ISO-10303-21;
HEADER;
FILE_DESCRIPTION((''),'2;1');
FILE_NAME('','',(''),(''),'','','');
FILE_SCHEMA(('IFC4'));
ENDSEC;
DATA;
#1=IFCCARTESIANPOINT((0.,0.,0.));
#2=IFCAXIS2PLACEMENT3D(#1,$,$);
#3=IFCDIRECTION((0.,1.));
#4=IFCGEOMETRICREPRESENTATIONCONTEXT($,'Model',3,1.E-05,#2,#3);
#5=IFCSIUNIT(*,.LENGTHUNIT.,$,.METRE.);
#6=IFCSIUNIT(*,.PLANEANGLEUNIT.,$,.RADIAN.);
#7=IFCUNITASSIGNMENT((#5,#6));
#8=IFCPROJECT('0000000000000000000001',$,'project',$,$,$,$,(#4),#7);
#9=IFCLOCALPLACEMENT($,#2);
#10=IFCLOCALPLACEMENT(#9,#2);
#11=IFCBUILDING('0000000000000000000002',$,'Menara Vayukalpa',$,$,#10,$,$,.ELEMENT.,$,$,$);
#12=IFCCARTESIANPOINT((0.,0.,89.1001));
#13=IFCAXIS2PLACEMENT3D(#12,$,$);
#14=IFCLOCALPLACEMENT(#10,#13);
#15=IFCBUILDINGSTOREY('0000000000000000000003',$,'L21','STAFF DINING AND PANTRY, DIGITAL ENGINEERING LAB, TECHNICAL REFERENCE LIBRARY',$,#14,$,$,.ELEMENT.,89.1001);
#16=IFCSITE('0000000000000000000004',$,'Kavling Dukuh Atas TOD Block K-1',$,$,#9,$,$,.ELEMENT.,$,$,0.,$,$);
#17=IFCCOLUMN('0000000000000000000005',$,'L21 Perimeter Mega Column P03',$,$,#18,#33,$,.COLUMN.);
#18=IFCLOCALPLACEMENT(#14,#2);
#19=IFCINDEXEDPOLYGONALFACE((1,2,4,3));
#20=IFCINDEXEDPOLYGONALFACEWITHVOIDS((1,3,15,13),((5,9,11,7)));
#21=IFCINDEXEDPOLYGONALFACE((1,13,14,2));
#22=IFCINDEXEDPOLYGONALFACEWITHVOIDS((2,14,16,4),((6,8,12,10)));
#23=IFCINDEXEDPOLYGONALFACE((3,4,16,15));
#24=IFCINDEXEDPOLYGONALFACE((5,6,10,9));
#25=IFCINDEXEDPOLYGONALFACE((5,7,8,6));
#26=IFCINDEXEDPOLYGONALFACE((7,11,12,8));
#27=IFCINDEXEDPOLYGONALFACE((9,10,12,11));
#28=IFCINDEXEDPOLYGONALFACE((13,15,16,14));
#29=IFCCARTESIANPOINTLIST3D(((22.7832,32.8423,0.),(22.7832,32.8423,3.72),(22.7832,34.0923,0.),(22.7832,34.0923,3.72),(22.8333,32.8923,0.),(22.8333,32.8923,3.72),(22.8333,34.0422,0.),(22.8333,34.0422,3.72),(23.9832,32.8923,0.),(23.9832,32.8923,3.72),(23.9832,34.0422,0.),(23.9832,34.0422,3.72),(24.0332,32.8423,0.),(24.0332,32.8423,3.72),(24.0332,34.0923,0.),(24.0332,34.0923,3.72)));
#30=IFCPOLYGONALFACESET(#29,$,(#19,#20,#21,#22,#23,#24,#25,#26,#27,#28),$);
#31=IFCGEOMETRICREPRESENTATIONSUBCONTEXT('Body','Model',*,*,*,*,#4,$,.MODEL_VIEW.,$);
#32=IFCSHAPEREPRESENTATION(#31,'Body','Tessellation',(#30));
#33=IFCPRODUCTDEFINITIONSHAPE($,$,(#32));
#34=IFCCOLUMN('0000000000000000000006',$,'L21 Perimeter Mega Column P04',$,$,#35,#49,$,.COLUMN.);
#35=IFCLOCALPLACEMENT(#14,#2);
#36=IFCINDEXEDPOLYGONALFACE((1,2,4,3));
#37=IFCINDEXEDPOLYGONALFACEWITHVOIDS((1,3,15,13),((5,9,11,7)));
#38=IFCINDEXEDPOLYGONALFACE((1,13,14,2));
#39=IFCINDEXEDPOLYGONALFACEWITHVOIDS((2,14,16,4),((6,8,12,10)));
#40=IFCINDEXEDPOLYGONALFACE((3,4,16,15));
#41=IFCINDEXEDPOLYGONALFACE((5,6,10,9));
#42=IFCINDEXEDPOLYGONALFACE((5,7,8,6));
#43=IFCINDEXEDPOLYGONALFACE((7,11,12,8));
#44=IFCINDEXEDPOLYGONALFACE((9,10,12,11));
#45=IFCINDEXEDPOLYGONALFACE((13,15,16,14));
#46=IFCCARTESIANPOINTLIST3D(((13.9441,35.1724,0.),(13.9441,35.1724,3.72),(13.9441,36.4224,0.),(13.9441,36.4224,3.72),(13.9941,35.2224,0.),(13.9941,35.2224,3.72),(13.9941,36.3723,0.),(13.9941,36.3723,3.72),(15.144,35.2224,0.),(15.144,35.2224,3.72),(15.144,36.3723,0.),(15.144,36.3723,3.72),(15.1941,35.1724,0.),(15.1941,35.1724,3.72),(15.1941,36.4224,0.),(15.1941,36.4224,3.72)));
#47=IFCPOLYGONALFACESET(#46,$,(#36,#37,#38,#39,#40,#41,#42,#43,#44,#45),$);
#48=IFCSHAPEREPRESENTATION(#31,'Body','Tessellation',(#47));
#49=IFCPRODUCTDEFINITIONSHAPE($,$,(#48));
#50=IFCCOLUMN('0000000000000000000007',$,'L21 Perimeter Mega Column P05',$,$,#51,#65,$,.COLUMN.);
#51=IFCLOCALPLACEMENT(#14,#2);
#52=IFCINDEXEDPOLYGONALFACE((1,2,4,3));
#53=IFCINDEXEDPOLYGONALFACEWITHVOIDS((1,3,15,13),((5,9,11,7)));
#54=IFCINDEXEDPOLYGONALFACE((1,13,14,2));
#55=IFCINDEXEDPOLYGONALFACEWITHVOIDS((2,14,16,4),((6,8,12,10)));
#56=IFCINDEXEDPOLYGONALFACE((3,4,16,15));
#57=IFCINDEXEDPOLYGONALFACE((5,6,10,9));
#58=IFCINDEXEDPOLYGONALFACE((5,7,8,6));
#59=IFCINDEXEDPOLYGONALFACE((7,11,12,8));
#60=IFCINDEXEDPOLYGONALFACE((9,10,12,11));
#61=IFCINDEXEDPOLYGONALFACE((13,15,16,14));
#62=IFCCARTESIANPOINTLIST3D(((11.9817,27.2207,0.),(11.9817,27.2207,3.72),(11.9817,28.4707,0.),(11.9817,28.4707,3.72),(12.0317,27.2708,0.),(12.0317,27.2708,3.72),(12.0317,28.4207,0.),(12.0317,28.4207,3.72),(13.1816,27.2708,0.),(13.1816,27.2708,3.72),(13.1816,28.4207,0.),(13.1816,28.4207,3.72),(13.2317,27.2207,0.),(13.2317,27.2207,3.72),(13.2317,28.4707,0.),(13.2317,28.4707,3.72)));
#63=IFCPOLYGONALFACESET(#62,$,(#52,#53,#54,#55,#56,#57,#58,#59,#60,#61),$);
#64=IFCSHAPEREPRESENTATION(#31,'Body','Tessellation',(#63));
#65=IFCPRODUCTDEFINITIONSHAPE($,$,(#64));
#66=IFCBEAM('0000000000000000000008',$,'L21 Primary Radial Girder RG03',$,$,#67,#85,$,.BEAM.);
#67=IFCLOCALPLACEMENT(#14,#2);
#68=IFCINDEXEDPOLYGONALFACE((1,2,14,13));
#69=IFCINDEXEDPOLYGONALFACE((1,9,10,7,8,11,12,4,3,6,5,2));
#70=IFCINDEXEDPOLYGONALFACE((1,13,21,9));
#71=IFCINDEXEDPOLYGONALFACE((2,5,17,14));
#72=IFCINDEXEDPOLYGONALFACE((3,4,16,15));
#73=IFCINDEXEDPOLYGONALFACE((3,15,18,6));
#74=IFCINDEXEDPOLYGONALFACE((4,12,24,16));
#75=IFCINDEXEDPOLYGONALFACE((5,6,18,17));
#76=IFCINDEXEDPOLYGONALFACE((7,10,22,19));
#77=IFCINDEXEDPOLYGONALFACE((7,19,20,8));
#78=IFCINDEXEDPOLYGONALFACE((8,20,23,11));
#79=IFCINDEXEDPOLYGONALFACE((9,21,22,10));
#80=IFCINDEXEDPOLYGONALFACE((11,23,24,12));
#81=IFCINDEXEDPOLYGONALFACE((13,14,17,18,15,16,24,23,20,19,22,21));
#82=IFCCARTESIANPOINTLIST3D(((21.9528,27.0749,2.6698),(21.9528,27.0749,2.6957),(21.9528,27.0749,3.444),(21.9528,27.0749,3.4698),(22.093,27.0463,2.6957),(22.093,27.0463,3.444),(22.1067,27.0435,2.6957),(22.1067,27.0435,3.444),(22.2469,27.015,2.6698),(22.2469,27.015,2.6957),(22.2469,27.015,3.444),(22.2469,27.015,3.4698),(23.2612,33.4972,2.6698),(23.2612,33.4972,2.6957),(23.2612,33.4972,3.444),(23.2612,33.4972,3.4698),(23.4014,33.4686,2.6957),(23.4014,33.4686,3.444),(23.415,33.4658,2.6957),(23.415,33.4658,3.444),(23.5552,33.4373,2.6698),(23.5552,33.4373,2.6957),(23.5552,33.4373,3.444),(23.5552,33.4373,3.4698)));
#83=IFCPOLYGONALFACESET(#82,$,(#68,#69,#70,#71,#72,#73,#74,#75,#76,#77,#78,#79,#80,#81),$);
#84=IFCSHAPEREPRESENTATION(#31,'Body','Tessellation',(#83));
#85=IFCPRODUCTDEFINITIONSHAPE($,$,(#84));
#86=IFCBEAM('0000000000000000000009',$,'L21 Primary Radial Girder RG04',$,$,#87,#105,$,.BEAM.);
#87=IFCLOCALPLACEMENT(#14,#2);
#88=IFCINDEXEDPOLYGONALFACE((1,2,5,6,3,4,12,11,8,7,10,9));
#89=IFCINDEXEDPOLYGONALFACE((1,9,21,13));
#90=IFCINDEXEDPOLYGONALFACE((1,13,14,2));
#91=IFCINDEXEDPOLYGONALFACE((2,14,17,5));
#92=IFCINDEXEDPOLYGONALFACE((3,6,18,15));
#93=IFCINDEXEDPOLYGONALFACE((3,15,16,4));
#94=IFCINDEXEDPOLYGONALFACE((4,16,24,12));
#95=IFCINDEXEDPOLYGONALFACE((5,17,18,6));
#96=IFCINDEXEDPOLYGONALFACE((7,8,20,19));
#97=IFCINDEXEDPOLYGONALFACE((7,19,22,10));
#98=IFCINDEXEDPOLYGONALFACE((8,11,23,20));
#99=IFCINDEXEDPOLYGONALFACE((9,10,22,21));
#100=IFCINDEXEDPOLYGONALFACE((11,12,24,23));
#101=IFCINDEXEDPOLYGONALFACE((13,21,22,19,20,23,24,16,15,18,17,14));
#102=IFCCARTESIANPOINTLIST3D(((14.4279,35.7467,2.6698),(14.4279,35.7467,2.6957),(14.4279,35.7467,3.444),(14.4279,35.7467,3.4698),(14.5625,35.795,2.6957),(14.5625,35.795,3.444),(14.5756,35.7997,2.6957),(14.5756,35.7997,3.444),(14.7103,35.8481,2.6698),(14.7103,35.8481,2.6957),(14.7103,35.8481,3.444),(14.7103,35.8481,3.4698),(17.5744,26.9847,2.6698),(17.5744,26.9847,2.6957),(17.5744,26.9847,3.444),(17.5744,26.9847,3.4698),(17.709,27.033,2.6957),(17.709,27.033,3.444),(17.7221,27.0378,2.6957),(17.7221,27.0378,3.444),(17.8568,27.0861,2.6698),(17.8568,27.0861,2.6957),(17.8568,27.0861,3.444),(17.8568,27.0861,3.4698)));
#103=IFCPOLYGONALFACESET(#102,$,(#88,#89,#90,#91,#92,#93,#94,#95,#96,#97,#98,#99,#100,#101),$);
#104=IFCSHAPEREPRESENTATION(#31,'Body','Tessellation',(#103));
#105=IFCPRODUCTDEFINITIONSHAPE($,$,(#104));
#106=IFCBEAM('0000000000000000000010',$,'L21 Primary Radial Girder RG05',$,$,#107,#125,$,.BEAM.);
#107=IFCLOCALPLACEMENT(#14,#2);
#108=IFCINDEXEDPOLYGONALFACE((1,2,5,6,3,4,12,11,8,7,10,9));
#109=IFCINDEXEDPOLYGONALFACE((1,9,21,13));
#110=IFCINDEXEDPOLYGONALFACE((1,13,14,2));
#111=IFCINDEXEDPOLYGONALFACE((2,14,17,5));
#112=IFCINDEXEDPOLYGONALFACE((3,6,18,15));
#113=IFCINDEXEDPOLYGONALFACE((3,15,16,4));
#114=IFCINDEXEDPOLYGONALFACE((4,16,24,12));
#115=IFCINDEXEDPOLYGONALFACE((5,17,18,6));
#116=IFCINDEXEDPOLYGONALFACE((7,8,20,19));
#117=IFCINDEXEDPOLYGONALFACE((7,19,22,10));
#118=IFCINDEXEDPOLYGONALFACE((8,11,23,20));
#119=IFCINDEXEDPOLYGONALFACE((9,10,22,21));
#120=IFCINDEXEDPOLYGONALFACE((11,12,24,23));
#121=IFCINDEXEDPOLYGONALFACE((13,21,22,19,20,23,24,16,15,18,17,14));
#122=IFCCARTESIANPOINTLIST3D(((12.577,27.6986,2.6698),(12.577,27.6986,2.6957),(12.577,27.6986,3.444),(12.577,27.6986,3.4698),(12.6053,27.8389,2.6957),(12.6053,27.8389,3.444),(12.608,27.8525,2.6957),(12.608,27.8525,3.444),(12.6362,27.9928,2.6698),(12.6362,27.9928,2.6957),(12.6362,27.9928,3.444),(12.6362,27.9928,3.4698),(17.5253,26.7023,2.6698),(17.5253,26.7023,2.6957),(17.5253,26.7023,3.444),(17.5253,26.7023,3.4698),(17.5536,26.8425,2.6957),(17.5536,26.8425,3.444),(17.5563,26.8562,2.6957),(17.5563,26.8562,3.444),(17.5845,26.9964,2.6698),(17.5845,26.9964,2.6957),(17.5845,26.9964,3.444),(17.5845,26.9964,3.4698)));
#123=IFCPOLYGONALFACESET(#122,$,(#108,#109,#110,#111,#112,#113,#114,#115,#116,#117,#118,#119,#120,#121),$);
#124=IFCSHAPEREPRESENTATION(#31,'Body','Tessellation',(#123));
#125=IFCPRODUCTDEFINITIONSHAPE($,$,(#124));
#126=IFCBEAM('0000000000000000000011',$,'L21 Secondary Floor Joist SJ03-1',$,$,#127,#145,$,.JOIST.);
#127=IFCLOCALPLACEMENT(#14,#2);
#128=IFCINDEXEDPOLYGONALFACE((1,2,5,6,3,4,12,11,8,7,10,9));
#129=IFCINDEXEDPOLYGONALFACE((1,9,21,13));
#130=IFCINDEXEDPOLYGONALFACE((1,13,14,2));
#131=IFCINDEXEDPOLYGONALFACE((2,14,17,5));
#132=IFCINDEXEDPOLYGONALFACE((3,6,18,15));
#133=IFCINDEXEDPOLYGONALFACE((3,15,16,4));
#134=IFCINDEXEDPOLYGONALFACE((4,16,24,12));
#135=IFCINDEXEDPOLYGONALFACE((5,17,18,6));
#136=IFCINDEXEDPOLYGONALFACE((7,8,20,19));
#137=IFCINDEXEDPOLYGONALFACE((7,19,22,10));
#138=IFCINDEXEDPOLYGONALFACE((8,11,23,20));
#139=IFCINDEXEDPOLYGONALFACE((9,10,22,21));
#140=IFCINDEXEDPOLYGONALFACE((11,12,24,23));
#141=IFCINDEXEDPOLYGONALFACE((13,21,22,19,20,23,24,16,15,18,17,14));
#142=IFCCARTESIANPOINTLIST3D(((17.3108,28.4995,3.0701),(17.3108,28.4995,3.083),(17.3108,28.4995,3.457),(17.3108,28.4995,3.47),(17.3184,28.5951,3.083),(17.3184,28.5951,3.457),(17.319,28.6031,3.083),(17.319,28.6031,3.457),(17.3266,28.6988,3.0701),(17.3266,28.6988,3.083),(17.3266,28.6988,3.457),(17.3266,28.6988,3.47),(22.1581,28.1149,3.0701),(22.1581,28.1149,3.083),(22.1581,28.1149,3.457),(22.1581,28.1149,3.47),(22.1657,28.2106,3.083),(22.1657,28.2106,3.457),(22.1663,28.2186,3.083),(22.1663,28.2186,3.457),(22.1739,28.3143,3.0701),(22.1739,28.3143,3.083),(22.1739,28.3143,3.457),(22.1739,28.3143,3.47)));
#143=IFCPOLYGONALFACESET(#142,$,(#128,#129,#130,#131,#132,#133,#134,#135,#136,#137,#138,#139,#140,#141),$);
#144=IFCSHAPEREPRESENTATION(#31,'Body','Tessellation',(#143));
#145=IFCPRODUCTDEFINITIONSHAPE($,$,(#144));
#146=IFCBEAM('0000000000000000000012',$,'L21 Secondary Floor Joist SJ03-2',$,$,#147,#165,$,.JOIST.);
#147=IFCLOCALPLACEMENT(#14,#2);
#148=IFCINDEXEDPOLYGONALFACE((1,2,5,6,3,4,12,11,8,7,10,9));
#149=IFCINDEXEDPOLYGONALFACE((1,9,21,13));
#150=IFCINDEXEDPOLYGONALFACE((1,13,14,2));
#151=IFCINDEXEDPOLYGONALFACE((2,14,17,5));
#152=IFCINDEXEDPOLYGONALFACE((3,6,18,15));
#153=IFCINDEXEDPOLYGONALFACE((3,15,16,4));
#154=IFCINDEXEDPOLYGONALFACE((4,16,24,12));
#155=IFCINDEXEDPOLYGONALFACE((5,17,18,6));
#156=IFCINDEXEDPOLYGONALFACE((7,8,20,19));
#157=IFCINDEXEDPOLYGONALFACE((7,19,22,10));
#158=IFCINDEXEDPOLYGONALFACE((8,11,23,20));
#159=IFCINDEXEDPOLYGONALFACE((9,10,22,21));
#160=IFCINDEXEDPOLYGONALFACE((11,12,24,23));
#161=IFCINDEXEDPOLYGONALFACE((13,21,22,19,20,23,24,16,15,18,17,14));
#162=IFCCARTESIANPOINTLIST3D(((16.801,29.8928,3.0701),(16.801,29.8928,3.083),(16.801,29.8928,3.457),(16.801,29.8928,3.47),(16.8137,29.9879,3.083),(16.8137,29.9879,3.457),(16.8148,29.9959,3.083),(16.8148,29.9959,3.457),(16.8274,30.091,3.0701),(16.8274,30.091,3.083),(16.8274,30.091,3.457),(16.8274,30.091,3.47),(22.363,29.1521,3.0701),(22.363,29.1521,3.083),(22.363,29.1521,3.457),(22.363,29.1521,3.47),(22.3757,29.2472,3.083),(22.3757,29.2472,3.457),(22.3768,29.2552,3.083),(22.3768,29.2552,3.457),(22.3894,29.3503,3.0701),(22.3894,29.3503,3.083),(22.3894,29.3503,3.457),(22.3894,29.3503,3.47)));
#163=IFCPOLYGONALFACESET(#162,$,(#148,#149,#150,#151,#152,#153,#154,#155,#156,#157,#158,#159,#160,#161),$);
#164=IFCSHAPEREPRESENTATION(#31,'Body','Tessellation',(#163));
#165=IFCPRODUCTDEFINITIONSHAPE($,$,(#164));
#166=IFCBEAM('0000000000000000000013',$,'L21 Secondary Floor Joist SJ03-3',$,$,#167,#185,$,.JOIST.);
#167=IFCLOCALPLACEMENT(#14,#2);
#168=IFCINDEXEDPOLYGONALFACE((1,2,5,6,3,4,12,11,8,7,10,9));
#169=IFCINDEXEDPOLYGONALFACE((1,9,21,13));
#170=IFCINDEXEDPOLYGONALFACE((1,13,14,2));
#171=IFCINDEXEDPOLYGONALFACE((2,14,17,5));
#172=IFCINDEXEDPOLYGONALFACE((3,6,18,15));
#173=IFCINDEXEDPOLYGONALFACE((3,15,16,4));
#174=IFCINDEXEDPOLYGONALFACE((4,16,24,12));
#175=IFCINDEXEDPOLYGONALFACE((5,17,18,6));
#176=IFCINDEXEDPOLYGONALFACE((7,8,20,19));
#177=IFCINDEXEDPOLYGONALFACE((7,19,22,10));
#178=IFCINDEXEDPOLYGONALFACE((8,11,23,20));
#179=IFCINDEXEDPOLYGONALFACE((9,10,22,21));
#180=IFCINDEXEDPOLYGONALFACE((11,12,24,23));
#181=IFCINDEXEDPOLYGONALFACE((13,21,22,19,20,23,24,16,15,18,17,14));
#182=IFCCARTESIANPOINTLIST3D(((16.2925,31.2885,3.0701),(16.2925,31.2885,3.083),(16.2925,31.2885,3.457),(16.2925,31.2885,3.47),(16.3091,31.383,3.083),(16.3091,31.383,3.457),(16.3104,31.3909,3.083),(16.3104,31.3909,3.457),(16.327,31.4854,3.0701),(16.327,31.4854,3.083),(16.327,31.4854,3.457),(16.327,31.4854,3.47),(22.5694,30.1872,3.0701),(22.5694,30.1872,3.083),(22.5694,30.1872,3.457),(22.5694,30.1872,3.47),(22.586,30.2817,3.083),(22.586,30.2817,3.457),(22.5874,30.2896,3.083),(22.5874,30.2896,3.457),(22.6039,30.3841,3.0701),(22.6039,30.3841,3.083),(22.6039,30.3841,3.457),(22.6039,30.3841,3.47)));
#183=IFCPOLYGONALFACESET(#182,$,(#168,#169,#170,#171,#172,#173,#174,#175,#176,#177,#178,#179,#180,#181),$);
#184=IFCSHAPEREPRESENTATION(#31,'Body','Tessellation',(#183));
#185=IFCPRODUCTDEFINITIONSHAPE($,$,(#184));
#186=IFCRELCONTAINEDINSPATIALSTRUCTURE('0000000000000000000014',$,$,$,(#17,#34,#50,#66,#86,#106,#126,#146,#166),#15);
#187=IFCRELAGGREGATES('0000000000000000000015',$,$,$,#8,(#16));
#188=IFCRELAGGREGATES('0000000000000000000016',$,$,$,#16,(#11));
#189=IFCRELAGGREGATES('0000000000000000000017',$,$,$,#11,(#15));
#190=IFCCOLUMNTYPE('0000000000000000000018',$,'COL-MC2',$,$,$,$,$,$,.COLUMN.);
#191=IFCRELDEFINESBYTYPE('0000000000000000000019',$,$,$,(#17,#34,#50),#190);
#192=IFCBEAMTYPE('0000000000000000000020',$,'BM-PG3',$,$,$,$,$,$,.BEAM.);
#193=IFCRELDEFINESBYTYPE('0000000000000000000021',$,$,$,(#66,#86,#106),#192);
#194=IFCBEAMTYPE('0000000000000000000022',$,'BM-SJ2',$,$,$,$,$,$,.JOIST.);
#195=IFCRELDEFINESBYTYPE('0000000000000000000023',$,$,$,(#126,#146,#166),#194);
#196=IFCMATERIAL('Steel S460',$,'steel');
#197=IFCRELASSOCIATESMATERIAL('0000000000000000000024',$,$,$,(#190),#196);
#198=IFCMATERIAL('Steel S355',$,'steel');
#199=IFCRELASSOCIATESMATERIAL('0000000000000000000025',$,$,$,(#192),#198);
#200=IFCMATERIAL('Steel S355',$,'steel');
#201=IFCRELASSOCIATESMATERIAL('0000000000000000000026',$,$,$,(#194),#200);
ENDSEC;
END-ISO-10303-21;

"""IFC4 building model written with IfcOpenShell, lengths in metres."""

from ifc_helpers import new_model, si_unit, direction, frame, origin, origin_2d, place, context, subcontext, project, spatial, hollow_rectangle, i_section, extrude, material, material_profile, profile_set, type_object, element, save


model = new_model("IFC4")

# Units and contexts
model_context = context("Model", 3, precision=1e-05, world=origin(), true_north=direction((0.0, 1.0)))
body_context = subcontext(model_context, "Body", "Model", "MODEL_VIEW")
ifc_project = project(units=[si_unit("LENGTHUNIT", "METRE"), si_unit("PLANEANGLEUNIT", "RADIAN")], contexts=[model_context])

# Site, building, storey
site_placement = place(None, origin())
site = spatial("IfcSite", under=ifc_project, at=site_placement, Name="Kavling Dukuh Atas TOD Block K-1", CompositionType="ELEMENT", RefElevation=0.0)
building_placement = place(site_placement, origin())
building = spatial("IfcBuilding", under=site, at=building_placement, Name="Menara Vayukalpa", CompositionType="ELEMENT")
storey_placement = place(building_placement, frame((0.0, 0.0, 89.1001)))
storey = spatial("IfcBuildingStorey", under=building, at=storey_placement, Name="L21", Description="STAFF DINING AND PANTRY, DIGITAL ENGINEERING LAB, TECHNICAL REFERENCE LIBRARY", CompositionType="ELEMENT", Elevation=89.1001)

# Columns
ifc_material_1 = material(Name="Steel S460", Category="steel")
ifc_material_profile_1 = material_profile(ifc_material_1, hollow_rectangle(XDim=1.25, YDim=1.25, WallThickness=0.05, at=origin_2d()), Name="BOX 1250x1250x50")
ifc_profile_set_1 = profile_set([ifc_material_profile_1], Name="Steel S460")
column_type = type_object("IfcColumnType", Name="COL-MC2", PredefinedType="COLUMN", material=ifc_profile_set_1)
for number, where, z_axis, x_axis, name in (
    (1, (23.4082, 33.4673, 0.0), (0.0, 0.0, 1.0), (1.0, 0.0, 0.0), "L21 Perimeter Mega Column P03"),
    (2, (14.5691, 35.7974, 0.0), (0.0, 0.0, 1.0), (1.0, 0.0, 0.0), "L21 Perimeter Mega Column P04"),
    (3, (12.6067, 27.8457, 0.0), (0.0, 0.0, 1.0), (1.0, 0.0, 0.0), "L21 Perimeter Mega Column P05"),
):
    element("IfcColumn", number, at=place(storey_placement, frame(where, z_axis=z_axis, x_axis=x_axis)), inside=storey, type_object=column_type, Name=name, PredefinedType="COLUMN", context=body_context, shape_type="SweptSolid", body=[
        extrude(hollow_rectangle(XDim=1.25, YDim=1.25, WallThickness=0.05, at=origin_2d()), origin(), (0.0, 0.0, 1.0), 3.72),
    ])

# Beams
ifc_material_2 = material(Name="Steel S355", Category="steel")
ifc_material_profile_2 = material_profile(ifc_material_2, i_section(OverallWidth=0.3, OverallDepth=0.8, WebThickness=0.0139, FlangeThickness=0.0259, at=origin_2d()), Name="WF 800x300x14x26")
ifc_profile_set_2 = profile_set([ifc_material_profile_2], Name="Steel S355")
beam_type_1 = type_object("IfcBeamType", Name="BM-PG3", PredefinedType="BEAM", material=ifc_profile_set_2)
beam_1_placement = place(storey_placement, frame((22.0999, 27.0449, 3.0698), z_axis=(0.199618, 0.979874, 0.0), x_axis=(-0.979874, 0.199618, 0.0)))
element("IfcBeam", 4, at=beam_1_placement, inside=storey, type_object=beam_type_1, Name="L21 Primary Radial Girder RG03", PredefinedType="BEAM", context=body_context, shape_type="SweptSolid", body=[
    extrude(i_section(OverallWidth=0.3, OverallDepth=0.8, WebThickness=0.0139, FlangeThickness=0.0259, at=origin_2d()), origin(), (0.0, 0.0, 1.0), 6.5542),
])
beam_2_placement = place(storey_placement, frame((17.7156, 27.0354, 3.0698), z_axis=(-0.337976, 0.941155, 0.0), x_axis=(-0.941155, -0.337976, 0.0)))
element("IfcBeam", 5, at=beam_2_placement, inside=storey, type_object=beam_type_1, Name="L21 Primary Radial Girder RG04", PredefinedType="BEAM", context=body_context, shape_type="SweptSolid", body=[
    extrude(i_section(OverallWidth=0.3, OverallDepth=0.8, WebThickness=0.0139, FlangeThickness=0.0259, at=origin_2d()), origin(), (0.0, 0.0, 1.0), 9.3098),
])
beam_3_placement = place(storey_placement, frame((17.5549, 26.8494, 3.0698), z_axis=(-0.980325, 0.19739, 0.0), x_axis=(-0.19739, -0.980325, 0.0)))
element("IfcBeam", 6, at=beam_3_placement, inside=storey, type_object=beam_type_1, Name="L21 Primary Radial Girder RG05", PredefinedType="BEAM", context=body_context, shape_type="SweptSolid", body=[
    extrude(i_section(OverallWidth=0.3, OverallDepth=0.8, WebThickness=0.0139, FlangeThickness=0.0259, at=origin_2d()), origin(), (0.0, 0.0, 1.0), 5.0476),
])
ifc_material_3 = material(Name="Steel S355", Category="steel")
ifc_material_profile_3 = material_profile(ifc_material_3, i_section(OverallWidth=0.2, OverallDepth=0.3999, WebThickness=0.0081, FlangeThickness=0.0129, at=origin_2d()), Name="WF 400x200x8x13")
ifc_profile_set_3 = profile_set([ifc_material_profile_3], Name="Steel S355")
beam_type_2 = type_object("IfcBeamType", Name="BM-SJ2", PredefinedType="JOIST", material=ifc_profile_set_3)
beam_4_placement = place(storey_placement, frame((22.166, 28.2146, 3.27), z_axis=(-0.996869, 0.079077, 0.0), x_axis=(-0.079077, -0.996869, 0.0)))
element("IfcBeam", 7, at=beam_4_placement, inside=storey, type_object=beam_type_2, Name="L21 Secondary Floor Joist SJ03-1", PredefinedType="JOIST", context=body_context, shape_type="SweptSolid", body=[
    extrude(i_section(OverallWidth=0.2, OverallDepth=0.3999, WebThickness=0.0081, FlangeThickness=0.0129, at=origin_2d()), origin(), (0.0, 0.0, 1.0), 4.8625),
])
beam_5_placement = place(storey_placement, frame((22.3762, 29.2512, 3.27), z_axis=(-0.991248, 0.13201, 0.0), x_axis=(-0.13201, -0.991248, 0.0)))
element("IfcBeam", 8, at=beam_5_placement, inside=storey, type_object=beam_type_2, Name="L21 Secondary Floor Joist SJ03-2", PredefinedType="JOIST", context=body_context, shape_type="SweptSolid", body=[
    extrude(i_section(OverallWidth=0.2, OverallDepth=0.3999, WebThickness=0.0081, FlangeThickness=0.0129, at=origin_2d()), origin(), (0.0, 0.0, 1.0), 5.6111),
])
beam_6_placement = place(storey_placement, frame((22.5867, 30.2856, 3.27), z_axis=(-0.984954, 0.172817, 0.0), x_axis=(-0.172817, -0.984954, 0.0)))
element("IfcBeam", 9, at=beam_6_placement, inside=storey, type_object=beam_type_2, Name="L21 Secondary Floor Joist SJ03-3", PredefinedType="JOIST", context=body_context, shape_type="SweptSolid", body=[
    extrude(i_section(OverallWidth=0.2, OverallDepth=0.3999, WebThickness=0.0081, FlangeThickness=0.0129, at=origin_2d()), origin(), (0.0, 0.0, 1.0), 6.3728),
])

save(model, "model.ifc")
